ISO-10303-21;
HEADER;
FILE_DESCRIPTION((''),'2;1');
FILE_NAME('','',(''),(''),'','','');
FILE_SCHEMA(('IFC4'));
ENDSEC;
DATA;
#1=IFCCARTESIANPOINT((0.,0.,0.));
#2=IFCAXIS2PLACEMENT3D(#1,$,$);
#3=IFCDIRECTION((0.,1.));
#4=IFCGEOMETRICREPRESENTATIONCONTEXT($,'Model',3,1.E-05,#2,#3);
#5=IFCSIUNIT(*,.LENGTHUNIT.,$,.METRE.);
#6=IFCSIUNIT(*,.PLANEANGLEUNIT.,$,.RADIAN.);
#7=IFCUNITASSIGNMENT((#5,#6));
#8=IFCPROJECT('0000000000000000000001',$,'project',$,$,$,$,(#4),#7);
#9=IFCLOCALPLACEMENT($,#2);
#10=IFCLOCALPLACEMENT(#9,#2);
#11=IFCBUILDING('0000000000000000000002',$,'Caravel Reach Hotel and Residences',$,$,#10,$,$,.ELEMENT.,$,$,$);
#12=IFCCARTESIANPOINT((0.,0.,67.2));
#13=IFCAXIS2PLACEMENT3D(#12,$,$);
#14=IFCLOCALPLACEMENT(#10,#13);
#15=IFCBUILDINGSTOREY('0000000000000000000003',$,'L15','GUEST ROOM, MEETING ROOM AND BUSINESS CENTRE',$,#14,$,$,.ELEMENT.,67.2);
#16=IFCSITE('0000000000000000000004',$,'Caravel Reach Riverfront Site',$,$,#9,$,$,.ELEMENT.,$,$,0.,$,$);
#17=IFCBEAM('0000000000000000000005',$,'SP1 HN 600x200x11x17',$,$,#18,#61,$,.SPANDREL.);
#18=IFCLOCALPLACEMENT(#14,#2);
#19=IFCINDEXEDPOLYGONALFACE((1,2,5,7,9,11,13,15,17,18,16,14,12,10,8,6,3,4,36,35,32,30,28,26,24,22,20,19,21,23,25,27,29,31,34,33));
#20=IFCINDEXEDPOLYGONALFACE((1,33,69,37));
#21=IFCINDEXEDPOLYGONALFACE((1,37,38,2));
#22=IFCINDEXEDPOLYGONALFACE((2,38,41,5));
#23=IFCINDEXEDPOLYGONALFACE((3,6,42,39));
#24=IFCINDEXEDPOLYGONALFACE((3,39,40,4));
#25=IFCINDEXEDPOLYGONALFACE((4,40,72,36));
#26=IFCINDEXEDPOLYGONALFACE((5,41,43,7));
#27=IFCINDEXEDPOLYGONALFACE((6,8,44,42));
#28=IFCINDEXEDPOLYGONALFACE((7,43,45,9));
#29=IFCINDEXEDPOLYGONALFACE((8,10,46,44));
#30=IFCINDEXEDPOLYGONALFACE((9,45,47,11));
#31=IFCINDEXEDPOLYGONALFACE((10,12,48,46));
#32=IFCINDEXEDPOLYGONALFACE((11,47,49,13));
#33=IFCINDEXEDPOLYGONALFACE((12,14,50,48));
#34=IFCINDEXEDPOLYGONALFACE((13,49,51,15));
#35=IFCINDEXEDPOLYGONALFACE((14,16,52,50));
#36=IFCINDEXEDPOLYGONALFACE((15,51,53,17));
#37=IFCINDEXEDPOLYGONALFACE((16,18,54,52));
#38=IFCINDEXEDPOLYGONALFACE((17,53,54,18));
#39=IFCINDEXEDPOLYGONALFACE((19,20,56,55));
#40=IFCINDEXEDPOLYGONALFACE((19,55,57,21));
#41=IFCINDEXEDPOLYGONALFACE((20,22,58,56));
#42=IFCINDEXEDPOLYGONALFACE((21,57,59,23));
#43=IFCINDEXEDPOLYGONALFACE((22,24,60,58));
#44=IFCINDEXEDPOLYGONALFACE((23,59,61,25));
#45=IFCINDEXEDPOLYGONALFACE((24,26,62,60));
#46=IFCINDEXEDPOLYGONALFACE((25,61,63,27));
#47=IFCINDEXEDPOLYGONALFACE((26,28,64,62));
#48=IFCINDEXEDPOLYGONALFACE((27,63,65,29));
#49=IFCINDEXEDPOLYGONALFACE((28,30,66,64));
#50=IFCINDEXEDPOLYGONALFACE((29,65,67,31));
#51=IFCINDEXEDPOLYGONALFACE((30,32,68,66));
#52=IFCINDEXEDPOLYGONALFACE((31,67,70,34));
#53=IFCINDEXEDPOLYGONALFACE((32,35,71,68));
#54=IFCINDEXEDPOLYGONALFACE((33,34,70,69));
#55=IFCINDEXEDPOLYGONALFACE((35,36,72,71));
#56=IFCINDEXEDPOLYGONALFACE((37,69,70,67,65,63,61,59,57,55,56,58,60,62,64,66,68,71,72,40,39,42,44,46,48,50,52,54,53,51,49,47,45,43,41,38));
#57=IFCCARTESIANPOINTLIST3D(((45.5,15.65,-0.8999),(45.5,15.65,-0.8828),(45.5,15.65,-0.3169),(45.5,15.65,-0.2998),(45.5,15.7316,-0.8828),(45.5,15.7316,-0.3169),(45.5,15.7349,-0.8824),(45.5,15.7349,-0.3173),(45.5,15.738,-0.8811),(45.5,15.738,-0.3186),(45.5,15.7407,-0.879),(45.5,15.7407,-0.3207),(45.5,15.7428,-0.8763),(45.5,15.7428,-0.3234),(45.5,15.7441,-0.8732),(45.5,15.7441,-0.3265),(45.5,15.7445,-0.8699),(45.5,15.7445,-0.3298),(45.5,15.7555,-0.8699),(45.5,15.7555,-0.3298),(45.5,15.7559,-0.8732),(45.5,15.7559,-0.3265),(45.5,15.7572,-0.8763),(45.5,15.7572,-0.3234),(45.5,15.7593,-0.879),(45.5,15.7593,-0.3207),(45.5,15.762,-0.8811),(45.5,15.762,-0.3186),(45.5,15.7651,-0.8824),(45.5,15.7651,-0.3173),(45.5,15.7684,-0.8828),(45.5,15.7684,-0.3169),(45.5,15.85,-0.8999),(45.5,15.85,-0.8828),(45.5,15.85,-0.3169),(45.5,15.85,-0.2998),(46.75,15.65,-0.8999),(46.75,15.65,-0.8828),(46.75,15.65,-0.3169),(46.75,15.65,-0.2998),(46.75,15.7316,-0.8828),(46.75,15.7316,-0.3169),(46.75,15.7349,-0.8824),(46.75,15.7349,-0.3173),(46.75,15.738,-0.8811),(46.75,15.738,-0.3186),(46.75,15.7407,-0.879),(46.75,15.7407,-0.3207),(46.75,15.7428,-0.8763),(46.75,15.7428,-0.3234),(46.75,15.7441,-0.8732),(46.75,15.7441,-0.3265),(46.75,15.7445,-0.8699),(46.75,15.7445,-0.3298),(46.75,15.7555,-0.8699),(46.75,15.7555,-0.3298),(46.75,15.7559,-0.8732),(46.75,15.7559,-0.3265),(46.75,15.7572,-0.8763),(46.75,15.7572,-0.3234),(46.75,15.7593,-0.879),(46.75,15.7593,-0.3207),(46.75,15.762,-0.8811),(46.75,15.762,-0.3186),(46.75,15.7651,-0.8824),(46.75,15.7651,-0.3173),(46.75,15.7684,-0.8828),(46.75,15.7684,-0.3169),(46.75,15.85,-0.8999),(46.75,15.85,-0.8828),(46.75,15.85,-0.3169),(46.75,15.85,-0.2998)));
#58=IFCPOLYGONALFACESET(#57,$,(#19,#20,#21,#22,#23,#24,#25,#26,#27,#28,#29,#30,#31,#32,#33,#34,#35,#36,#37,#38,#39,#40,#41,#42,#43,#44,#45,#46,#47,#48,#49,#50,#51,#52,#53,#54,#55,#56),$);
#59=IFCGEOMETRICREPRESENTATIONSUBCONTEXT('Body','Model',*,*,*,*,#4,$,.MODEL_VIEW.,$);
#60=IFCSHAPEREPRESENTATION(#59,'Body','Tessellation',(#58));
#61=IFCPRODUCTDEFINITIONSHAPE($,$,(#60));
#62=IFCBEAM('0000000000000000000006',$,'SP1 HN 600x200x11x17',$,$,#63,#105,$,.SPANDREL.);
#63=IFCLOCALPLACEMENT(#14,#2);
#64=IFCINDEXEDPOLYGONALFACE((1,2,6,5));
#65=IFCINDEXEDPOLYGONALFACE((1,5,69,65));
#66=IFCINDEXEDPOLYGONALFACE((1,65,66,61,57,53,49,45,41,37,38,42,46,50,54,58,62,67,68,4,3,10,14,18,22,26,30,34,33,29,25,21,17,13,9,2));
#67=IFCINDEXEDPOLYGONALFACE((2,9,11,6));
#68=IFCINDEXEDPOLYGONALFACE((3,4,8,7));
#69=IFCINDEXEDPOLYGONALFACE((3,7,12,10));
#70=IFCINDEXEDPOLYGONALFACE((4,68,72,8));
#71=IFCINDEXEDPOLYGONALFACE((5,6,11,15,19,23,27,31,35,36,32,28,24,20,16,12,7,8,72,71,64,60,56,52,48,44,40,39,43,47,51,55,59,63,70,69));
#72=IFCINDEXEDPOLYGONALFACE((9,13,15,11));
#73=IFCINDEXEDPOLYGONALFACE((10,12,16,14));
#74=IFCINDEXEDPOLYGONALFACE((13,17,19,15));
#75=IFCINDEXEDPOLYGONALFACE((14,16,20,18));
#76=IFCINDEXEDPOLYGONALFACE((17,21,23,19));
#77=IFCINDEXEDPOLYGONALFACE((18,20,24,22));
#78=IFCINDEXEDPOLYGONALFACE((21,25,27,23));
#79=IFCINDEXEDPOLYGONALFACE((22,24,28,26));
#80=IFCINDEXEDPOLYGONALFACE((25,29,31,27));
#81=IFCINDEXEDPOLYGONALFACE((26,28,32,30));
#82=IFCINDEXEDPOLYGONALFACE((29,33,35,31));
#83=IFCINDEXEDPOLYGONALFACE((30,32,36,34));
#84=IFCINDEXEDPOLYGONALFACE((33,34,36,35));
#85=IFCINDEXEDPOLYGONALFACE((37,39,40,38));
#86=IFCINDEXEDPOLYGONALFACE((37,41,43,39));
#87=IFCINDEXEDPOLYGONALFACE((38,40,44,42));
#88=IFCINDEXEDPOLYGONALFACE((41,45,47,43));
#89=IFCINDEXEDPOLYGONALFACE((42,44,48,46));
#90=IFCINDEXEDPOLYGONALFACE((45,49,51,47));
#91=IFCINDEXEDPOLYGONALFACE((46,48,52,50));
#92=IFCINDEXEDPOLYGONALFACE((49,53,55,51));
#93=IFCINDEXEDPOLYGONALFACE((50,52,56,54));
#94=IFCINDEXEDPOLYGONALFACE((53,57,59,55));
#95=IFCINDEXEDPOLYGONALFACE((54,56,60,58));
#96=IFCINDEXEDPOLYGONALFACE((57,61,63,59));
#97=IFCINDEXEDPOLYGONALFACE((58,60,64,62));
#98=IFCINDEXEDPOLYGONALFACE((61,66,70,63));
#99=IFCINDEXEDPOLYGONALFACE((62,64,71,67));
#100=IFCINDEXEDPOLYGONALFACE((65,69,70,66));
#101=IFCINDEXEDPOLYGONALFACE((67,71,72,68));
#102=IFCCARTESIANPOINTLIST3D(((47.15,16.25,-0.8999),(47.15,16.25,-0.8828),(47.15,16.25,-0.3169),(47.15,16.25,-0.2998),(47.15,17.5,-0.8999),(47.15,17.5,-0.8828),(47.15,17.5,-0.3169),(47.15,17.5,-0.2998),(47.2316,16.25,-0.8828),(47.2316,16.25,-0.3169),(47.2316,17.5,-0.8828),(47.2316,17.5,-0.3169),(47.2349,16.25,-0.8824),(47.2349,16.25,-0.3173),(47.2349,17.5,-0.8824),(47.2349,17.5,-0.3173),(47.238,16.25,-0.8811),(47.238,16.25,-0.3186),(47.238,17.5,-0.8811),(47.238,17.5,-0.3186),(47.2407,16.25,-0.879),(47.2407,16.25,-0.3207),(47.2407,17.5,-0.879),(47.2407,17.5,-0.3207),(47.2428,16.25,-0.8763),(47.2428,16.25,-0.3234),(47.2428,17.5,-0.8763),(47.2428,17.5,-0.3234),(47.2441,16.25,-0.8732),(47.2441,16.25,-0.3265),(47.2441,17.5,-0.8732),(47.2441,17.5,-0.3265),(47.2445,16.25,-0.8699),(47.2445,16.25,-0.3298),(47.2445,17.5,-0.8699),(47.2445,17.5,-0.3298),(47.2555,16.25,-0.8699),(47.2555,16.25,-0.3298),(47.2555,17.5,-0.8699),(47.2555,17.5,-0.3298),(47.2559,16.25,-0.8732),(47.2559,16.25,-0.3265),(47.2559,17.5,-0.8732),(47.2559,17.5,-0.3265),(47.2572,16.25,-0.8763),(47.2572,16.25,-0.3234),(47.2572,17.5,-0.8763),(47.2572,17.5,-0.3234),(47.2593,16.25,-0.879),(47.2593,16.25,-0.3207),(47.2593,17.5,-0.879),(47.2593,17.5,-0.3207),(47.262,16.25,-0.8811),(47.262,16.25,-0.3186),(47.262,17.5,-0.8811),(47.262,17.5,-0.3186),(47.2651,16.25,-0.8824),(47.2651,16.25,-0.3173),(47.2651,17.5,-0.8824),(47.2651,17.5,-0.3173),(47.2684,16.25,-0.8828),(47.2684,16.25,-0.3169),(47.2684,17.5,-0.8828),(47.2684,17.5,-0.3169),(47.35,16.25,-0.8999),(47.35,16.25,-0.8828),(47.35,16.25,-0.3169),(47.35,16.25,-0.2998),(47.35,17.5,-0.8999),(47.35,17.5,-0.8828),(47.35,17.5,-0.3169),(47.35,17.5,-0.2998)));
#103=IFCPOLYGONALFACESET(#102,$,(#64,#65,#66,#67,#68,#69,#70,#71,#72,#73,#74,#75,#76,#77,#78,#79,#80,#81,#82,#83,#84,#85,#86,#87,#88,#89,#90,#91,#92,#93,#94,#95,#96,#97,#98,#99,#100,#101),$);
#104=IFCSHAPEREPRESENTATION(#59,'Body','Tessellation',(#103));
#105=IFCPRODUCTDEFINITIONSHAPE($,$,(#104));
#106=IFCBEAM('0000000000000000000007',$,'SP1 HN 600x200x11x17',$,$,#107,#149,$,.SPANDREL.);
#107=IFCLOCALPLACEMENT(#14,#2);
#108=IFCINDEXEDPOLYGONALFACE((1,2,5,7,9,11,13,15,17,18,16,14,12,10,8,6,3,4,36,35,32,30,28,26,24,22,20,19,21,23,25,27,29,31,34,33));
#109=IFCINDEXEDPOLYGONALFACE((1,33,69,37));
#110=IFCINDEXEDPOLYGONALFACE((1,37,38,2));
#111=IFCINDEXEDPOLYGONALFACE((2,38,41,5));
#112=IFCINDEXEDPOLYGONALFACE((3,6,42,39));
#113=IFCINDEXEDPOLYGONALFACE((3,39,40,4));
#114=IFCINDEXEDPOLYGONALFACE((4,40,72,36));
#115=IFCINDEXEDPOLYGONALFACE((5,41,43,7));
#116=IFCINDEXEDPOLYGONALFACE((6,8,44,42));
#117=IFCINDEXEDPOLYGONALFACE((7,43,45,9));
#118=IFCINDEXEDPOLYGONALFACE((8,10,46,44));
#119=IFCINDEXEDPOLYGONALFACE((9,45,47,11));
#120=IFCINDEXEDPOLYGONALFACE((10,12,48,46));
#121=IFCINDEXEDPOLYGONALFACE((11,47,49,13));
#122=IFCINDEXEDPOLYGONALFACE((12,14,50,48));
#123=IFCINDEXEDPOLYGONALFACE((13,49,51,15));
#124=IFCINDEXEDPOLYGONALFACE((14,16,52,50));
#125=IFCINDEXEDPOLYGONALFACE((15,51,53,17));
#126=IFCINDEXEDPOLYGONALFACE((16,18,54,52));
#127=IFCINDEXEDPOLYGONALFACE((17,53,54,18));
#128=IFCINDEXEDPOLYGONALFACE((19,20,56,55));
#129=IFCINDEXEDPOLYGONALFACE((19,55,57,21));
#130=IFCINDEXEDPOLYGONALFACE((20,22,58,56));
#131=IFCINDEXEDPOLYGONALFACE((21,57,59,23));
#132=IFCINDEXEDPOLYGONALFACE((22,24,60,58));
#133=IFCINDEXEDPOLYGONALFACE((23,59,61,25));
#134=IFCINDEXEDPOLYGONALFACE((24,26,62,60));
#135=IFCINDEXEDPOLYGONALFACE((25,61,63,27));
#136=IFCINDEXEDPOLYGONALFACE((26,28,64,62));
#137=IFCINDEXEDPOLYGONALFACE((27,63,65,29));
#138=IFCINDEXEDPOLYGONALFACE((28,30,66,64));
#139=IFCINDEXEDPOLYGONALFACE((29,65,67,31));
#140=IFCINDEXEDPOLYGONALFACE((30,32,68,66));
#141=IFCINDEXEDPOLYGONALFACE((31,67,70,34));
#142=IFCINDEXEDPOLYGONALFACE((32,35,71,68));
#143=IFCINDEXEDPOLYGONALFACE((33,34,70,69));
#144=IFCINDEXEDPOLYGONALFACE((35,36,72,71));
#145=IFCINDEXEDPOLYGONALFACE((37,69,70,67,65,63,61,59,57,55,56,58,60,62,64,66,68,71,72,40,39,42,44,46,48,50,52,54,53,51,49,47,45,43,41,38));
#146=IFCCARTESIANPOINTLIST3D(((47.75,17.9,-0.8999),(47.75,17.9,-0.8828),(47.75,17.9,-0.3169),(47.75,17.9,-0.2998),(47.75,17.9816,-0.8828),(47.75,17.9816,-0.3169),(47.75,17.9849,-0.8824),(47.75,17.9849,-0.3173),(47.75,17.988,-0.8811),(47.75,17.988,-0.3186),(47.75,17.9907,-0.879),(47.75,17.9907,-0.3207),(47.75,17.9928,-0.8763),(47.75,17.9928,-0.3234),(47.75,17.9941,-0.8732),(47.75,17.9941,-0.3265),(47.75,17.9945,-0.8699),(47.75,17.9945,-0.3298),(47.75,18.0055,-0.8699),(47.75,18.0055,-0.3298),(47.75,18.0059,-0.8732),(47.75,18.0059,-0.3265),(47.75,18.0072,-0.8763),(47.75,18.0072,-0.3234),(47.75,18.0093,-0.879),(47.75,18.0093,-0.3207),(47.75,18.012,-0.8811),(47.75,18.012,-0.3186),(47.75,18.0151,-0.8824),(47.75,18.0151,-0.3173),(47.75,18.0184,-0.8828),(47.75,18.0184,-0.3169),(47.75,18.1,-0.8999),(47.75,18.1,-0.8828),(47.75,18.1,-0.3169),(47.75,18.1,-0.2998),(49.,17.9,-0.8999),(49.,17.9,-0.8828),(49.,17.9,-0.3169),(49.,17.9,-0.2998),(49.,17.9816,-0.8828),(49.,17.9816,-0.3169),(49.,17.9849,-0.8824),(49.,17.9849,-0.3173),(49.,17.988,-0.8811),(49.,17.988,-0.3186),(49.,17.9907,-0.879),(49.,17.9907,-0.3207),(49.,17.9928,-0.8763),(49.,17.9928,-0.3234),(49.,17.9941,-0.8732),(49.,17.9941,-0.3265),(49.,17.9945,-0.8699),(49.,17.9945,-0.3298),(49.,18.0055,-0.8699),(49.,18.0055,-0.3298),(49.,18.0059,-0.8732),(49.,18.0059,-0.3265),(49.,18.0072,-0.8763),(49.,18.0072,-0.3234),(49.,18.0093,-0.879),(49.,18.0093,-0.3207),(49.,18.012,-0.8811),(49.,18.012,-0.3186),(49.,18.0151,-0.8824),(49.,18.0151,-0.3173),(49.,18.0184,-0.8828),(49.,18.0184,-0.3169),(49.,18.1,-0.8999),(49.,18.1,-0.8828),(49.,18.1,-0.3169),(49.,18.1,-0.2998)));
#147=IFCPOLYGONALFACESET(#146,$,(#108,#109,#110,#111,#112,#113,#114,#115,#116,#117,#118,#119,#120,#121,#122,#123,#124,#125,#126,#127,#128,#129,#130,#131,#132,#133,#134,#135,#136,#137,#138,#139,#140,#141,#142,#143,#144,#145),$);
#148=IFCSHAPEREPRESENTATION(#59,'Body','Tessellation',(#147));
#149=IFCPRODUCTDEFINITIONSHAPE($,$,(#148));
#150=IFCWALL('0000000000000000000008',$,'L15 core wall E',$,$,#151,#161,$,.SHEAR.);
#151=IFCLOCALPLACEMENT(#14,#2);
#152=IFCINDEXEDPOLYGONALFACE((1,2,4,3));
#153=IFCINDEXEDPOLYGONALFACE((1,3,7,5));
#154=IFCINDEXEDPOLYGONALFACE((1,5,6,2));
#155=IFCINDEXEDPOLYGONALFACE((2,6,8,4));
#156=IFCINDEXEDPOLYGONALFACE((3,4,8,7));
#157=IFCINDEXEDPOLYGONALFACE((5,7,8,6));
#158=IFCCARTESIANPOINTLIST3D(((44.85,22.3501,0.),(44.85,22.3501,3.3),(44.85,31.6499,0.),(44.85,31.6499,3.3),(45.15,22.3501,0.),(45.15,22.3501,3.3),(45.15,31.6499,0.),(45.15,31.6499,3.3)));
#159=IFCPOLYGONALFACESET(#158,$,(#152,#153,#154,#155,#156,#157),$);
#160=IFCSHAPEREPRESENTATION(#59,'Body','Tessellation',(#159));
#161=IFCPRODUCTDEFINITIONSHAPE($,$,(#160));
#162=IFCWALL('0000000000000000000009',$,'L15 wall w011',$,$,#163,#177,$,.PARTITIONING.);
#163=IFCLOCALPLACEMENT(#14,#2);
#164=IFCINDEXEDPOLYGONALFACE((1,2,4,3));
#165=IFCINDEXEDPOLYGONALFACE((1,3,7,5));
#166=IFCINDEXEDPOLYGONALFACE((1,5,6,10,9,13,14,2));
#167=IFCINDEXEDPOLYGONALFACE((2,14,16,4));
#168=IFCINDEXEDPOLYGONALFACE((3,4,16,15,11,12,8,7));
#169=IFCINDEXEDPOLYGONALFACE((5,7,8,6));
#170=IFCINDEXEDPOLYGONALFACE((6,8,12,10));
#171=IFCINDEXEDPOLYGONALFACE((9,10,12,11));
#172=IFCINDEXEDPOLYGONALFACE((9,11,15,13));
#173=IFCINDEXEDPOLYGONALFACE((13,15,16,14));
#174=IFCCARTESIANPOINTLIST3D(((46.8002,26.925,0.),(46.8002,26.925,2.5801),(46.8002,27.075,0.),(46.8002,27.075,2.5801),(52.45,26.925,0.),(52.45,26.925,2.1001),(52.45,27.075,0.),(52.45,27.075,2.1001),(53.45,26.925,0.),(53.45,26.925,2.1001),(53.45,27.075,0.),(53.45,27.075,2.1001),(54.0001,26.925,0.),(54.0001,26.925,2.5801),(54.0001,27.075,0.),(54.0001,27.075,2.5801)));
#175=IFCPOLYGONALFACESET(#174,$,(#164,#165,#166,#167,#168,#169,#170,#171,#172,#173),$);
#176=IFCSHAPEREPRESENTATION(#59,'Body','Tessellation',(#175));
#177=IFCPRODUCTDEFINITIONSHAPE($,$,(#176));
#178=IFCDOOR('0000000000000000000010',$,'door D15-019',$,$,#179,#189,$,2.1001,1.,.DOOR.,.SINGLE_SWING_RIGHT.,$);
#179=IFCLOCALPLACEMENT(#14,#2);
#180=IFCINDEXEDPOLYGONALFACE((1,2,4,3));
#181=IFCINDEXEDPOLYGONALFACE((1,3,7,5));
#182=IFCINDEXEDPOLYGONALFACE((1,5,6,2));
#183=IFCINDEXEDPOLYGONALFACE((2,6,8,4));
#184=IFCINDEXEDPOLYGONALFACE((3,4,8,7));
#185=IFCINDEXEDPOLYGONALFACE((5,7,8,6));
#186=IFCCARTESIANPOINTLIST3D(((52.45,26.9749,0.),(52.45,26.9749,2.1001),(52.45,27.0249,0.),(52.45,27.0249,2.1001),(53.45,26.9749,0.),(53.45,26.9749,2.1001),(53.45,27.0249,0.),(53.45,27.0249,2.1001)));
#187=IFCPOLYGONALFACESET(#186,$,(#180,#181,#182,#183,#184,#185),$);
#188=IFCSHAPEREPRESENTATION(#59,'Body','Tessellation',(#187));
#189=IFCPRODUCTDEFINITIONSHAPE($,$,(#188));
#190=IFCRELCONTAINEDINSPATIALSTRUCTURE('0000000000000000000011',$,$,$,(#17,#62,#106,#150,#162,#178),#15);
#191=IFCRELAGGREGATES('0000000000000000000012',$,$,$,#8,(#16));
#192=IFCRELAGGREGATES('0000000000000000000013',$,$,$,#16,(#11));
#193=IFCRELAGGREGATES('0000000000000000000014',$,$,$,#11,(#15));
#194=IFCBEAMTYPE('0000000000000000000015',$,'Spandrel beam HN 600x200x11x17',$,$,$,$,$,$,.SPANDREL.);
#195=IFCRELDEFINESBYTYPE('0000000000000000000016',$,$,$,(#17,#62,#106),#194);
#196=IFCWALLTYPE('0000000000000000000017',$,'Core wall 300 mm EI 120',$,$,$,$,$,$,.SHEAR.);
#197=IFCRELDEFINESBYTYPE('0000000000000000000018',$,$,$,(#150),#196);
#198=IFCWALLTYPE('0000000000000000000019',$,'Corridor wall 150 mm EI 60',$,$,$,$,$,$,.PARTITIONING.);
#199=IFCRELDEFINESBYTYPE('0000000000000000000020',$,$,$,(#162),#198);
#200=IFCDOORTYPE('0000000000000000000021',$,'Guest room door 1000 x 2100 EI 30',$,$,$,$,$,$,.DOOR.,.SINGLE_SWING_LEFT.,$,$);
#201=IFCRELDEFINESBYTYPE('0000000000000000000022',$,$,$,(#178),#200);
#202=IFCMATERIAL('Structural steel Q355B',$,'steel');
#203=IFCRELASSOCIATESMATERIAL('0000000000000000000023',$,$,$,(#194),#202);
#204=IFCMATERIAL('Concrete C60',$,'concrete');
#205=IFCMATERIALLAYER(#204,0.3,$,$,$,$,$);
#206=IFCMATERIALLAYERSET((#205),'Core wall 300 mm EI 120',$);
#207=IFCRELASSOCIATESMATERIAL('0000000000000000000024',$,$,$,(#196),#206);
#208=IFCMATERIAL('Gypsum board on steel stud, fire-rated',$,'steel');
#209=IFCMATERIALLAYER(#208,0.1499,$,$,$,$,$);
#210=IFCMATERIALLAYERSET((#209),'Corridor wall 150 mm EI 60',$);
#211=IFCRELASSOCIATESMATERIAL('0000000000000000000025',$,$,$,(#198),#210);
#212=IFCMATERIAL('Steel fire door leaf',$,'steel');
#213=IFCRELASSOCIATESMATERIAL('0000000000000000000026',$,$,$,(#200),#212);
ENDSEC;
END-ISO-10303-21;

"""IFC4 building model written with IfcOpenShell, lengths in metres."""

from ifc_helpers import new_model, si_unit, direction, frame, frame_2d, origin, origin_2d, place, context, subcontext, project, spatial, rectangle, i_section, extrude, material, layer, layer_set, material_profile, profile_set, type_object, element, fill, save


model = new_model("IFC4")

# Units and contexts
model_context = context("Model", 3, precision=1e-05, world=origin(), true_north=direction((0.0, 1.0)))
body_context = subcontext(model_context, "Body", "Model", "MODEL_VIEW")
ifc_project = project(units=[si_unit("LENGTHUNIT", "METRE"), si_unit("PLANEANGLEUNIT", "RADIAN")], contexts=[model_context])

# Site, building, storey
site_placement = place(None, origin())
site = spatial("IfcSite", under=ifc_project, at=site_placement, Name="Caravel Reach Riverfront Site", CompositionType="ELEMENT", RefElevation=0.0)
building_placement = place(site_placement, origin())
building = spatial("IfcBuilding", under=site, at=building_placement, Name="Caravel Reach Hotel and Residences", CompositionType="ELEMENT")
storey_placement = place(building_placement, frame((0.0, 0.0, 67.2)))
storey = spatial("IfcBuildingStorey", under=building, at=storey_placement, Name="L15", Description="GUEST ROOM, MEETING ROOM AND BUSINESS CENTRE", CompositionType="ELEMENT", Elevation=67.2)

# Beams
ifc_material_1 = material(Name="Structural steel Q355B", Category="steel")
ifc_material_profile_1 = material_profile(ifc_material_1, i_section(OverallWidth=0.2, OverallDepth=0.6001, WebThickness=0.011, FlangeThickness=0.0171, FilletRadius=0.0129, at=origin_2d()), Name="HN 600x200x11x17")
ifc_profile_set_1 = profile_set([ifc_material_profile_1], Name="Structural steel Q355B")
beam_type_1 = type_object("IfcBeamType", Name="Spandrel beam HN 600x200x11x17", PredefinedType="SPANDREL", material=ifc_profile_set_1)
for number, where, z_axis, x_axis, name in (
    (1, (45.5, 15.75, -0.5999), (1.0, 0.0, 0.0), (0.0, 1.0, 0.0), "SP1 HN 600x200x11x17"),
    (2, (47.25, 16.25, -0.5999), (0.0, 1.0, 0.0), (-1.0, 0.0, 0.0), "SP1 HN 600x200x11x17"),
    (3, (47.75, 18.0, -0.5999), (1.0, 0.0, 0.0), (0.0, 1.0, 0.0), "SP1 HN 600x200x11x17"),
):
    element("IfcBeam", number, at=place(storey_placement, frame(where, z_axis=z_axis, x_axis=x_axis)), inside=storey, type_object=beam_type_1, Name=name, PredefinedType="SPANDREL", context=body_context, shape_type="SweptSolid", body=[
        extrude(i_section(OverallWidth=0.2, OverallDepth=0.6001, WebThickness=0.011, FlangeThickness=0.0171, FilletRadius=0.0129, at=origin_2d()), origin(), (0.0, 0.0, 1.0), 1.25),
    ])

# Wall
ifc_material_2 = material(Name="Concrete C60", Category="concrete")
ifc_layer_1 = layer(ifc_material_2, 0.3)
ifc_layer_set_1 = layer_set([ifc_layer_1], Name="Core wall 300 mm EI 120")
wall_type_1 = type_object("IfcWallType", Name="Core wall 300 mm EI 120", PredefinedType="SHEAR", material=ifc_layer_set_1)
wall_1_placement = place(storey_placement, frame((45.0, 22.3501, 0.0), z_axis=(0.0, 0.0, 1.0), x_axis=(0.0, 1.0, 0.0)))
element("IfcWall", 4, at=wall_1_placement, inside=storey, type_object=wall_type_1, Name="L15 core wall E", PredefinedType="SHEAR", context=body_context, shape_type="SweptSolid", body=[
    extrude(rectangle(XDim=9.2998, YDim=0.3, at=frame_2d((4.6499, 0.0))), origin(), (0.0, 0.0, 1.0), 3.3),
])

# Wall, opening, door
ifc_material_3 = material(Name="Gypsum board on steel stud, fire-rated", Category="steel")
ifc_layer_2 = layer(ifc_material_3, 0.1499)
ifc_layer_set_2 = layer_set([ifc_layer_2], Name="Corridor wall 150 mm EI 60")
wall_type_2 = type_object("IfcWallType", Name="Corridor wall 150 mm EI 60", PredefinedType="PARTITIONING", material=ifc_layer_set_2)
wall_2_placement = place(storey_placement, frame((46.8, 27.0, 0.0), z_axis=(0.0, 0.0, 1.0), x_axis=(1.0, 0.0, 0.0)))
wall_2 = element("IfcWall", 5, at=wall_2_placement, inside=storey, type_object=wall_type_2, Name="L15 wall w011", PredefinedType="PARTITIONING", context=body_context, shape_type="SweptSolid", body=[
    extrude(rectangle(XDim=7.2, YDim=0.1499, at=frame_2d((3.6001, 0.0))), origin(), (0.0, 0.0, 1.0), 2.5801),
])
opening_1_placement = place(wall_2_placement, frame((5.6499, 0.0, 0.0)))
opening_1 = element("IfcOpeningElement", 6, at=opening_1_placement, cuts=wall_2, PredefinedType="OPENING", context=body_context, shape_type="SweptSolid", body=[
    extrude(rectangle(XDim=1.0, YDim=2.1001, at=frame_2d((0.5, 1.05))), frame((0.0, 0.085, 0.0), z_axis=(0.0, -1.0, 0.0), x_axis=(1.0, 0.0, 0.0)), (0.0, 0.0, 1.0), 0.1699),
])
ifc_material_4 = material(Name="Steel fire door leaf", Category="steel")
door_type_1 = type_object("IfcDoorType", Name="Guest room door 1000 x 2100 EI 30", OperationType="SINGLE_SWING_LEFT", PredefinedType="DOOR", material=ifc_material_4)
door_1_placement = place(opening_1_placement, origin())
door_1 = element("IfcDoor", 7, at=door_1_placement, inside=storey, type_object=door_type_1, Name="door D15-019", OperationType="SINGLE_SWING_RIGHT", OverallHeight=2.1001, OverallWidth=1.0, PredefinedType="DOOR", context=body_context, shape_type="SweptSolid", body=[
    extrude(rectangle(XDim=1.0, YDim=2.1001, at=frame_2d((0.5, 1.05))), frame((0.0, 0.0249, 0.0), z_axis=(0.0, -1.0, 0.0), x_axis=(1.0, 0.0, 0.0)), (0.0, 0.0, 1.0), 0.05),
])
fill(opening_1, door_1)

save(model, "model.ifc")
